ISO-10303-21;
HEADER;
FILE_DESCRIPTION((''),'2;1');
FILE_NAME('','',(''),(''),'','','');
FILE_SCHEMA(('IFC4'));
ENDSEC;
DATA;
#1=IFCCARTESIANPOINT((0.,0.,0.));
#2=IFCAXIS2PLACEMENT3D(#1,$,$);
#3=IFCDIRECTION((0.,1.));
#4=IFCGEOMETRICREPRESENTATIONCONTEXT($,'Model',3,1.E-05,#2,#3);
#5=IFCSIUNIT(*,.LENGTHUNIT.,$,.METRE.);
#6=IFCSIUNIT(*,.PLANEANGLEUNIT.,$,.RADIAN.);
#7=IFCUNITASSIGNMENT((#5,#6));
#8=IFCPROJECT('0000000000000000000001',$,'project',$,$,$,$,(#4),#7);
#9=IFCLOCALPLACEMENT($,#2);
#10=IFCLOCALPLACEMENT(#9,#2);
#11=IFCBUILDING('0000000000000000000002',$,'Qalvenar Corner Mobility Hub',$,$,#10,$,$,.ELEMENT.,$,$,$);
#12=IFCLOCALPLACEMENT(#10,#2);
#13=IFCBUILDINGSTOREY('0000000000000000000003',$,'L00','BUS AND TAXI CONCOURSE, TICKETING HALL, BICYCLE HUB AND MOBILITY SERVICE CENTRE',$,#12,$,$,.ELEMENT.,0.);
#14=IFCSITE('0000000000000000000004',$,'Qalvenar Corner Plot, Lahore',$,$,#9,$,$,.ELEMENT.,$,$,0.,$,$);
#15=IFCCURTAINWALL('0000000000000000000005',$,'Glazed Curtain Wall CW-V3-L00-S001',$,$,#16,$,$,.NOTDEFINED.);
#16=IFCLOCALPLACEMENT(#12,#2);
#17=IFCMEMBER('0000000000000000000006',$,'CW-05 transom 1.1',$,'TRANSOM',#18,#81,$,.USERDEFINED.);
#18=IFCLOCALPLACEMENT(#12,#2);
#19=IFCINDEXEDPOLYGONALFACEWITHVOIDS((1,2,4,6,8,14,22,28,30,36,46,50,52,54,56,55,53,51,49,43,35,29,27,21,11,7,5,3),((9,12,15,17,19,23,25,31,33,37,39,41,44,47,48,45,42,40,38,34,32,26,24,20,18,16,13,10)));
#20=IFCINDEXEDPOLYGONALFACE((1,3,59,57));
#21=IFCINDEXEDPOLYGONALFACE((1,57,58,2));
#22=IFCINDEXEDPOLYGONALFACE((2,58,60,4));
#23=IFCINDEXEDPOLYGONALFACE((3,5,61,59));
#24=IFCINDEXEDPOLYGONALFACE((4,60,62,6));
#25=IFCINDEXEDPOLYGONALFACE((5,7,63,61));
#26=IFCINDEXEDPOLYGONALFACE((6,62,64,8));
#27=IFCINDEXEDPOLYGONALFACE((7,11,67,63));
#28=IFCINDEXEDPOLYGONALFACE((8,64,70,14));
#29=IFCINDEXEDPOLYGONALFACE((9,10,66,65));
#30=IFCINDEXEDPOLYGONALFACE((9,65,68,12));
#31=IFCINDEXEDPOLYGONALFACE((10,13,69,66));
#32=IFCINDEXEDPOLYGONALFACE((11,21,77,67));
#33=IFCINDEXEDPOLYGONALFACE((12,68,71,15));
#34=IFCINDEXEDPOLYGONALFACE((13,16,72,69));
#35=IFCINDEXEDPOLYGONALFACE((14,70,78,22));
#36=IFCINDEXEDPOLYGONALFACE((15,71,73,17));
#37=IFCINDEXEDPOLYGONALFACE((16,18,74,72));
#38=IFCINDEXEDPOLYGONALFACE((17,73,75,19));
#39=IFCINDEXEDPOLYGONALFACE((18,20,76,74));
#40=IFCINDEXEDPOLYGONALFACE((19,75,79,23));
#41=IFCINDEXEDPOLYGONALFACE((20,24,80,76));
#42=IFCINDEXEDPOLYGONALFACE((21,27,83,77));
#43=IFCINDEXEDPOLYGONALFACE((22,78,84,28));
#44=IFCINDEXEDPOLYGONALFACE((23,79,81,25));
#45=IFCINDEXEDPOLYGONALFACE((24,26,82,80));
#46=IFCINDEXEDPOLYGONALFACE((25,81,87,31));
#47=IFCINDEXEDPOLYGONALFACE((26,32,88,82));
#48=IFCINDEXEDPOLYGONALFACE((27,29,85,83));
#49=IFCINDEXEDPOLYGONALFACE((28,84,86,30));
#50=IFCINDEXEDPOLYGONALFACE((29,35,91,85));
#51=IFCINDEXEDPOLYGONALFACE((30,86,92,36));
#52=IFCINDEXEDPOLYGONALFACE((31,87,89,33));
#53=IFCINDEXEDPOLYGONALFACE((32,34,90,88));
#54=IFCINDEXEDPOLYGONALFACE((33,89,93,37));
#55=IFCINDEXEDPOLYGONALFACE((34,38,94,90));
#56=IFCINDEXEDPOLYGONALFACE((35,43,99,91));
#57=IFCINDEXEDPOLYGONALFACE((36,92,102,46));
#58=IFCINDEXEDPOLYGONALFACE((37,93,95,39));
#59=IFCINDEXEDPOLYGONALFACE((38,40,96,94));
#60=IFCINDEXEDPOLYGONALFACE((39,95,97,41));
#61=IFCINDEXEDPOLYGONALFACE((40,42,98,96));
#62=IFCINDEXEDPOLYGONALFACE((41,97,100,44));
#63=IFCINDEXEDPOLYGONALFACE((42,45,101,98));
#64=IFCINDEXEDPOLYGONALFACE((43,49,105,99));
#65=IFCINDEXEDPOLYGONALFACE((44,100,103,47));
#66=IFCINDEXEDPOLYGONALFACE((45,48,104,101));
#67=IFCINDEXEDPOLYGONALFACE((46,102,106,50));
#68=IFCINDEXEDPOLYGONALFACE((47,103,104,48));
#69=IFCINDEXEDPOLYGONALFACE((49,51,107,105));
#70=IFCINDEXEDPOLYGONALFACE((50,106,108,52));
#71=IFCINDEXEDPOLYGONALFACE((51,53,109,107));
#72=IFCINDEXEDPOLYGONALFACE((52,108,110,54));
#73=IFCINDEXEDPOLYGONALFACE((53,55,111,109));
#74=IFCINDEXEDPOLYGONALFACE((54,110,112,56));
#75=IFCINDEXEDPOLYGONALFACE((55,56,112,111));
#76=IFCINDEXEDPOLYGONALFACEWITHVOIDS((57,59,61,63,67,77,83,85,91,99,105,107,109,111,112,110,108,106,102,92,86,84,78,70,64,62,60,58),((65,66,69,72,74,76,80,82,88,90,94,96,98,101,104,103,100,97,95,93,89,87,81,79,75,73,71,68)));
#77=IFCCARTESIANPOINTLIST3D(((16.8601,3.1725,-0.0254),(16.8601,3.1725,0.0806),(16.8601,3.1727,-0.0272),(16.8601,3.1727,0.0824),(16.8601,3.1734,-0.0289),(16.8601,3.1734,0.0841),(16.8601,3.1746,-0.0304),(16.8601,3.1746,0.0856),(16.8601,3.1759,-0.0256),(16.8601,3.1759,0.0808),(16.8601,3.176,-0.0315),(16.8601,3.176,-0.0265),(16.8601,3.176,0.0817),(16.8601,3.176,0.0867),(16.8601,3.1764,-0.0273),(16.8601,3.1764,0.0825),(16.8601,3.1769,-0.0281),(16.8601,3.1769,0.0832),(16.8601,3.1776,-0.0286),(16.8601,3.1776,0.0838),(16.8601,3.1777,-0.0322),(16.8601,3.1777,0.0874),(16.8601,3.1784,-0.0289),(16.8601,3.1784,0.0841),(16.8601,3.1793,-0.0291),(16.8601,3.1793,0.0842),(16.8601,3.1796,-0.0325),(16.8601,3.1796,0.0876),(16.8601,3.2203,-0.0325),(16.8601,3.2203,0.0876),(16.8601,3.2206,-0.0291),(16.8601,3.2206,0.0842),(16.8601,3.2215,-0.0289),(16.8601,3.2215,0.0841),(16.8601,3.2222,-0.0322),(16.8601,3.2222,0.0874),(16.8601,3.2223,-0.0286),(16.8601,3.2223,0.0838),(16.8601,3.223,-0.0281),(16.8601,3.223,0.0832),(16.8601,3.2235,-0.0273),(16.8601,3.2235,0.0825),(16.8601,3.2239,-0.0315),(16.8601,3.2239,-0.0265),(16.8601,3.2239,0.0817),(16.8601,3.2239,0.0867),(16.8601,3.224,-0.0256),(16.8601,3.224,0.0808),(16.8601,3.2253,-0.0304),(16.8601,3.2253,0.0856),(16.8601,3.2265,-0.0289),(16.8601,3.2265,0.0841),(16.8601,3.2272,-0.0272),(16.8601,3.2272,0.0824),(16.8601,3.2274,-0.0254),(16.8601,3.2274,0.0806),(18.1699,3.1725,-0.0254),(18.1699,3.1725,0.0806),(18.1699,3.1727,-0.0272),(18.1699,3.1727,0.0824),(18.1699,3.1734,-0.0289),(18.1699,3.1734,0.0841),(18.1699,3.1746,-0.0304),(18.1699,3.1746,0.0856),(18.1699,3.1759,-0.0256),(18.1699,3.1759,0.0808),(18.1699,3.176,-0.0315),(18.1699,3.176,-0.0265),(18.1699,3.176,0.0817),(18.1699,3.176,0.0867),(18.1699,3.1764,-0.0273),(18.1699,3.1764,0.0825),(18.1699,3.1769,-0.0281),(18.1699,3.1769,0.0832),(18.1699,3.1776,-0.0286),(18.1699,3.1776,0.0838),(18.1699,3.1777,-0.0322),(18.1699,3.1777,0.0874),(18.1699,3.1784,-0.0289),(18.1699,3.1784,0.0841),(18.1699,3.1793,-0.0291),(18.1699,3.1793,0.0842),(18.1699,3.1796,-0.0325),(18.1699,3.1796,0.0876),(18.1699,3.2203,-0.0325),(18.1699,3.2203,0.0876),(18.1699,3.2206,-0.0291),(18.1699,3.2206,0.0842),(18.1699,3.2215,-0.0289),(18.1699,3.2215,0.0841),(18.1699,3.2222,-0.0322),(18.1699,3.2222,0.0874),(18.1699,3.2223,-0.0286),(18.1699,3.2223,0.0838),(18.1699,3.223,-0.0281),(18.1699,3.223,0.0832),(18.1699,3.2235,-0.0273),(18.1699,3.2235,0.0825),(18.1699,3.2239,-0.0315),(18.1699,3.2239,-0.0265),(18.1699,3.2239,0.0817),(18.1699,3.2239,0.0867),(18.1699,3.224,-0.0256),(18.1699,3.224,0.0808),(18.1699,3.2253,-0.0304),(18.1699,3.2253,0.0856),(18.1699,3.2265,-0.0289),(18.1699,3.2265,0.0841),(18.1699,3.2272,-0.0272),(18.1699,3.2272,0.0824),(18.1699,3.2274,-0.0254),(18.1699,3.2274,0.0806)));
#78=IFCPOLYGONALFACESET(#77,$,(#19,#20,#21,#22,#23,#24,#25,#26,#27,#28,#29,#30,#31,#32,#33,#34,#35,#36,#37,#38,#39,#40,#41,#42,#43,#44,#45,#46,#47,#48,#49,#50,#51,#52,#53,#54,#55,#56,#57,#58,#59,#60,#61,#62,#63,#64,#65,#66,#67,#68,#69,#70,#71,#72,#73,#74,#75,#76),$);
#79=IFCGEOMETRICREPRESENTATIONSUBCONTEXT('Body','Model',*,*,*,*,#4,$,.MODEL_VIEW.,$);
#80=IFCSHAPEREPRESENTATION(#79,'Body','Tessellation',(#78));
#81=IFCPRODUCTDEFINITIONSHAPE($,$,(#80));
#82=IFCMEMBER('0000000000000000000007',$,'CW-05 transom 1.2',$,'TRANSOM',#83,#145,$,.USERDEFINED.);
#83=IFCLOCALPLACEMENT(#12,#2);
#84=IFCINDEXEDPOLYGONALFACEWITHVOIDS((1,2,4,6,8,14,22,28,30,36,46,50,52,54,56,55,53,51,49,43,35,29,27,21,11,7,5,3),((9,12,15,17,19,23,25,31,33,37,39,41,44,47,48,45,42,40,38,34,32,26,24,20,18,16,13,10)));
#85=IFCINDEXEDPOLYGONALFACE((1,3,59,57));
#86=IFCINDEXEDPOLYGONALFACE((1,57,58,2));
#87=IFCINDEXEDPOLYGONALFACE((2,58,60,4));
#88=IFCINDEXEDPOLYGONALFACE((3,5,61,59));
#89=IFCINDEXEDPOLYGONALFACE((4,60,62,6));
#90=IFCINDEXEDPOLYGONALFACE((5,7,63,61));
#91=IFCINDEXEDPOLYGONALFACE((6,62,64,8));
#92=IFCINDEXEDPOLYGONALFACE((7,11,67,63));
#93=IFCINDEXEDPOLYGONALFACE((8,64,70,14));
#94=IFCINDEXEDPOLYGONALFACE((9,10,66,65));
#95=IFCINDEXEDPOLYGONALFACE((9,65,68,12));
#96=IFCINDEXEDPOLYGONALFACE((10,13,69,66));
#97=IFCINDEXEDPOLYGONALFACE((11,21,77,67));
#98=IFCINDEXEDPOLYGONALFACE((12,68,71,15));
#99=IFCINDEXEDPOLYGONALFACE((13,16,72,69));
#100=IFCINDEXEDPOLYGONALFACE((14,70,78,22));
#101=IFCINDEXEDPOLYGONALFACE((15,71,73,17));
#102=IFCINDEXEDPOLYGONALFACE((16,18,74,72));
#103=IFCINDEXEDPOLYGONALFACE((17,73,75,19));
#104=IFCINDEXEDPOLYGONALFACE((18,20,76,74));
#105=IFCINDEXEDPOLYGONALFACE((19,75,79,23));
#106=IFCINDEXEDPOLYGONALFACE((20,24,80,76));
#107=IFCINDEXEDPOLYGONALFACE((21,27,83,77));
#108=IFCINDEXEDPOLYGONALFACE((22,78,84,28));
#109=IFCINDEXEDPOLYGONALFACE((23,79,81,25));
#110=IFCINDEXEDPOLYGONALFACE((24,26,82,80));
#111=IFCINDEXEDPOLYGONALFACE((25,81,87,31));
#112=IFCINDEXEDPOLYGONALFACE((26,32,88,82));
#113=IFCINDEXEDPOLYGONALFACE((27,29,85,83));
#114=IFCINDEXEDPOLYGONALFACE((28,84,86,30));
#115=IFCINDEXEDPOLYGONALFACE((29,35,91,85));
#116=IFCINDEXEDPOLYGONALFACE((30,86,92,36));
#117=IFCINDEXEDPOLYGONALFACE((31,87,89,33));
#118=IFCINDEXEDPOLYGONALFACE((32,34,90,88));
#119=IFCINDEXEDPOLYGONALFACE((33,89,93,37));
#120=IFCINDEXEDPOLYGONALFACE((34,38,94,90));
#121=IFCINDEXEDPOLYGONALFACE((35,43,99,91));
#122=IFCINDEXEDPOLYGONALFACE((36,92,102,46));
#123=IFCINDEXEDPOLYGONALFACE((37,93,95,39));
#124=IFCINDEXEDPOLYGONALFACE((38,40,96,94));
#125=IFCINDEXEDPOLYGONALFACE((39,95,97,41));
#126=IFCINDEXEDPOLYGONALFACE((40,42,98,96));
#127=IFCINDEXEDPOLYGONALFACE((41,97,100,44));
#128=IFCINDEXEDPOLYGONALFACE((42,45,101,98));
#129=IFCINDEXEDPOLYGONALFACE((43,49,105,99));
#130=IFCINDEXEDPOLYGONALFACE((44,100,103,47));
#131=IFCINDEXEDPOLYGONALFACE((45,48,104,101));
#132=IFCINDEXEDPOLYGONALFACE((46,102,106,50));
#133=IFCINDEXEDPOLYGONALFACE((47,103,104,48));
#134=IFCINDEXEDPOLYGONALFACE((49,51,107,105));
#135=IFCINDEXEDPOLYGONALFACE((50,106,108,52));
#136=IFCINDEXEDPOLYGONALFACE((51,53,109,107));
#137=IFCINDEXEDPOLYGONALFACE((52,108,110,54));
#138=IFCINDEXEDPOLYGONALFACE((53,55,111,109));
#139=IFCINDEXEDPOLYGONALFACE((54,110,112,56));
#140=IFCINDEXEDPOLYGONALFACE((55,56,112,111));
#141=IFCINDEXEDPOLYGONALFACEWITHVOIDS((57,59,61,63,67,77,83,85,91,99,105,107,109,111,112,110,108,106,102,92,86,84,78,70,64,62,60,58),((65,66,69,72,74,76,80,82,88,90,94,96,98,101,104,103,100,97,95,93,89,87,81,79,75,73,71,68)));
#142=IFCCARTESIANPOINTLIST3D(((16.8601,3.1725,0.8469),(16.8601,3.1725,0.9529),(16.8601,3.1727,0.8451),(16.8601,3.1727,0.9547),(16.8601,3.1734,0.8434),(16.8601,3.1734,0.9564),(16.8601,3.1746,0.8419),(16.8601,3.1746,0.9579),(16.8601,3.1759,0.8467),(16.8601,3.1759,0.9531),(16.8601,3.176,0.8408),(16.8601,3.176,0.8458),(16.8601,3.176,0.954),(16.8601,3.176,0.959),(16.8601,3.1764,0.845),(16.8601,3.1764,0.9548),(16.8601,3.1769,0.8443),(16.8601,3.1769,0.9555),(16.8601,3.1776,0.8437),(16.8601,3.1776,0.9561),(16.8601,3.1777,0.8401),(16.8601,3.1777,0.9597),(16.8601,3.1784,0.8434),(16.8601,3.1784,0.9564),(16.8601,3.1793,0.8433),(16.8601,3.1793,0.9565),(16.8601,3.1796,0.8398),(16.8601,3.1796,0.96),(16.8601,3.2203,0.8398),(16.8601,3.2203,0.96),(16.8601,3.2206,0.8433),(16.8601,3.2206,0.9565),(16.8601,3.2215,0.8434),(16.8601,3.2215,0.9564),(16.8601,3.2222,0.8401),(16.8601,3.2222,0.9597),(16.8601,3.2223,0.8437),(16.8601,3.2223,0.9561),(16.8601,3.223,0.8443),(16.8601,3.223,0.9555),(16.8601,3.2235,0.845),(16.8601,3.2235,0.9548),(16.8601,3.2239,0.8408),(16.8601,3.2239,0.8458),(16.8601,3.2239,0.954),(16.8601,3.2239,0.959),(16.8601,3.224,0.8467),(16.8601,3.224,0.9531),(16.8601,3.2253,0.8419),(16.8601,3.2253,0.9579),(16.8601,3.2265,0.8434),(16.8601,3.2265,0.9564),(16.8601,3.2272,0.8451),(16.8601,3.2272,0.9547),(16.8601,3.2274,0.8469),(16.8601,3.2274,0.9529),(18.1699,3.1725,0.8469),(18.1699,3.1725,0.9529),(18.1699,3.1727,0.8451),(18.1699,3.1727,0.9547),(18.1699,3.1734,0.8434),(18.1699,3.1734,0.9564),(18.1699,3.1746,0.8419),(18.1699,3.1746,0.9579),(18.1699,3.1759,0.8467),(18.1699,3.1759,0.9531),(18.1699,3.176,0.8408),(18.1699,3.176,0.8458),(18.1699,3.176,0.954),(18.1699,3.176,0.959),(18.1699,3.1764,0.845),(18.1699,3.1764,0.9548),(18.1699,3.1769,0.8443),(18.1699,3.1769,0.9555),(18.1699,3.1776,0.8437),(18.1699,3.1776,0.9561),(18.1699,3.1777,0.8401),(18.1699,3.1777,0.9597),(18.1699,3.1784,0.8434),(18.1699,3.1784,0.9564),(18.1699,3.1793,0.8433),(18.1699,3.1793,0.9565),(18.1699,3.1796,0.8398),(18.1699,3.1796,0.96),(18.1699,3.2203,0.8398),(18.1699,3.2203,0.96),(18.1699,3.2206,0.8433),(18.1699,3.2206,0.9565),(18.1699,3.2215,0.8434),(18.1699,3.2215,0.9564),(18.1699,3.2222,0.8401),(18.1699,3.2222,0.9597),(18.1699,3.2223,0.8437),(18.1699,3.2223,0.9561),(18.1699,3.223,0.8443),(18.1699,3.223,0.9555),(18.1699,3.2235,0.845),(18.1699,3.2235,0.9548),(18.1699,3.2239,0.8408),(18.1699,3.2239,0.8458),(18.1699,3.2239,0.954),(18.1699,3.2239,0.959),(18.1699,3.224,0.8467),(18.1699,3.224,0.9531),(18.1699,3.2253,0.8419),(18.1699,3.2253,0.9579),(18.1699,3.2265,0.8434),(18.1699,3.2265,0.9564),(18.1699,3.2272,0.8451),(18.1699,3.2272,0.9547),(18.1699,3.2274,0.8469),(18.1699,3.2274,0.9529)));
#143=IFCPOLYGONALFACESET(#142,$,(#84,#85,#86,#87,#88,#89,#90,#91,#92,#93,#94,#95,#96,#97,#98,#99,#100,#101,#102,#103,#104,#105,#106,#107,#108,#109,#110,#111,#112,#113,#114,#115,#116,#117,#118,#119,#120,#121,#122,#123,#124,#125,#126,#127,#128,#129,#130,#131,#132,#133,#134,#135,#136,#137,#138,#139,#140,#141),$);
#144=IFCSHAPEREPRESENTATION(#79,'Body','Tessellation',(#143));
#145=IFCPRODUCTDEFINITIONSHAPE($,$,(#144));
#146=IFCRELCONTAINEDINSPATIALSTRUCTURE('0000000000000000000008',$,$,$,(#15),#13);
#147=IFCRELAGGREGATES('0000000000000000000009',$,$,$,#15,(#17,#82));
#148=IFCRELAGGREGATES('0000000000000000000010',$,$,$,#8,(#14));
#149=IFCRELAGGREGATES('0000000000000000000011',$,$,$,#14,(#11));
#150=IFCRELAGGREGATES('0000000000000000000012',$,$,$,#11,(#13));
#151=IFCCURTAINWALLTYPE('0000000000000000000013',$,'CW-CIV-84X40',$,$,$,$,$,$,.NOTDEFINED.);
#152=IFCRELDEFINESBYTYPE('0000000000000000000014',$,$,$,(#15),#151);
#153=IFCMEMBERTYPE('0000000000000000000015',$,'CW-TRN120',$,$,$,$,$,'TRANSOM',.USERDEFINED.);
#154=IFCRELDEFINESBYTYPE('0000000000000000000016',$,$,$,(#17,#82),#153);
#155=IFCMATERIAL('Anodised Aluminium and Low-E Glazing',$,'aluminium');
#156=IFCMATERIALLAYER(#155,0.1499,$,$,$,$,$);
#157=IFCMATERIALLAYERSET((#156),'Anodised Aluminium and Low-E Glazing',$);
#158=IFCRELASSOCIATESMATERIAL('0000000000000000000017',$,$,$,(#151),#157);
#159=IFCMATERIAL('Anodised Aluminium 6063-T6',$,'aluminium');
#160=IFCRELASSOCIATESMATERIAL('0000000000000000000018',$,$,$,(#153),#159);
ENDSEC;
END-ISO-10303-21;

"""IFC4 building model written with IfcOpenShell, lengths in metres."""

from ifc_helpers import new_model, si_unit, direction, frame, origin, origin_2d, place, context, subcontext, project, spatial, hollow_rectangle, extrude, material, layer, layer_set, material_profile, profile_set, type_object, element, aggregate, save


model = new_model("IFC4")

# Units and contexts
model_context = context("Model", 3, precision=1e-05, world=origin(), true_north=direction((0.0, 1.0)))
body_context = subcontext(model_context, "Body", "Model", "MODEL_VIEW")
ifc_project = project(units=[si_unit("LENGTHUNIT", "METRE"), si_unit("PLANEANGLEUNIT", "RADIAN")], contexts=[model_context])

# Site, building, storey
site_placement = place(None, origin())
site = spatial("IfcSite", under=ifc_project, at=site_placement, Name="Qalvenar Corner Plot, Lahore", CompositionType="ELEMENT", RefElevation=0.0)
building_placement = place(site_placement, origin())
building = spatial("IfcBuilding", under=site, at=building_placement, Name="Qalvenar Corner Mobility Hub", CompositionType="ELEMENT")
storey_placement = place(building_placement, origin())
storey = spatial("IfcBuildingStorey", under=building, at=storey_placement, Name="L00", Description="BUS AND TAXI CONCOURSE, TICKETING HALL, BICYCLE HUB AND MOBILITY SERVICE CENTRE", CompositionType="ELEMENT", Elevation=0.0)

# Curtain wall, members
ifc_material_1 = material(Name="Anodised Aluminium and Low-E Glazing", Category="aluminium")
ifc_layer_1 = layer(ifc_material_1, 0.1499)
ifc_layer_set_1 = layer_set([ifc_layer_1], Name="Anodised Aluminium and Low-E Glazing")
curtain_wall_type = type_object("IfcCurtainWallType", Name="CW-CIV-84X40", PredefinedType="NOTDEFINED", material=ifc_layer_set_1)
curtain_wall_placement = place(storey_placement, origin())
curtain_wall = element("IfcCurtainWall", 1, at=curtain_wall_placement, inside=storey, type_object=curtain_wall_type, Name="Glazed Curtain Wall CW-V3-L00-S001", PredefinedType="NOTDEFINED")
ifc_material_2 = material(Name="Anodised Aluminium 6063-T6", Category="aluminium")
ifc_material_profile_1 = material_profile(ifc_material_2, hollow_rectangle(XDim=0.0549, YDim=0.1201, WallThickness=0.0034, InnerFilletRadius=0.0034, OuterFilletRadius=0.0071, at=origin_2d()), Name="RHS120x55x3.5")
ifc_profile_set_1 = profile_set([ifc_material_profile_1], Name="Anodised Aluminium 6063-T6")
member_type_1 = type_object("IfcMemberType", Name="CW-TRN120", ElementType="TRANSOM", PredefinedType="USERDEFINED", material=ifc_profile_set_1)
member_1_placement = place(storey_placement, frame((16.8601, 3.2, 0.0276), z_axis=(1.0, 0.0, 0.0), x_axis=(0.0, 1.0, 0.0)))
member_1 = element("IfcMember", 2, at=member_1_placement, type_object=member_type_1, Name="CW-05 transom 1.1", ObjectType="TRANSOM", PredefinedType="USERDEFINED", context=body_context, shape_type="SweptSolid", body=[
    extrude(hollow_rectangle(XDim=0.0549, YDim=0.1201, WallThickness=0.0034, InnerFilletRadius=0.0034, OuterFilletRadius=0.0071, at=origin_2d()), origin(), (0.0, 0.0, 1.0), 1.3098),
])
member_2_placement = place(storey_placement, frame((16.8601, 3.2, 0.8999), z_axis=(1.0, 0.0, 0.0), x_axis=(0.0, 1.0, 0.0)))
member_2 = element("IfcMember", 3, at=member_2_placement, type_object=member_type_1, Name="CW-05 transom 1.2", ObjectType="TRANSOM", PredefinedType="USERDEFINED", context=body_context, shape_type="SweptSolid", body=[
    extrude(hollow_rectangle(XDim=0.0549, YDim=0.1201, WallThickness=0.0034, InnerFilletRadius=0.0034, OuterFilletRadius=0.0071, at=origin_2d()), origin(), (0.0, 0.0, 1.0), 1.3098),
])
aggregate(curtain_wall, [member_1, member_2])

save(model, "model.ifc")
